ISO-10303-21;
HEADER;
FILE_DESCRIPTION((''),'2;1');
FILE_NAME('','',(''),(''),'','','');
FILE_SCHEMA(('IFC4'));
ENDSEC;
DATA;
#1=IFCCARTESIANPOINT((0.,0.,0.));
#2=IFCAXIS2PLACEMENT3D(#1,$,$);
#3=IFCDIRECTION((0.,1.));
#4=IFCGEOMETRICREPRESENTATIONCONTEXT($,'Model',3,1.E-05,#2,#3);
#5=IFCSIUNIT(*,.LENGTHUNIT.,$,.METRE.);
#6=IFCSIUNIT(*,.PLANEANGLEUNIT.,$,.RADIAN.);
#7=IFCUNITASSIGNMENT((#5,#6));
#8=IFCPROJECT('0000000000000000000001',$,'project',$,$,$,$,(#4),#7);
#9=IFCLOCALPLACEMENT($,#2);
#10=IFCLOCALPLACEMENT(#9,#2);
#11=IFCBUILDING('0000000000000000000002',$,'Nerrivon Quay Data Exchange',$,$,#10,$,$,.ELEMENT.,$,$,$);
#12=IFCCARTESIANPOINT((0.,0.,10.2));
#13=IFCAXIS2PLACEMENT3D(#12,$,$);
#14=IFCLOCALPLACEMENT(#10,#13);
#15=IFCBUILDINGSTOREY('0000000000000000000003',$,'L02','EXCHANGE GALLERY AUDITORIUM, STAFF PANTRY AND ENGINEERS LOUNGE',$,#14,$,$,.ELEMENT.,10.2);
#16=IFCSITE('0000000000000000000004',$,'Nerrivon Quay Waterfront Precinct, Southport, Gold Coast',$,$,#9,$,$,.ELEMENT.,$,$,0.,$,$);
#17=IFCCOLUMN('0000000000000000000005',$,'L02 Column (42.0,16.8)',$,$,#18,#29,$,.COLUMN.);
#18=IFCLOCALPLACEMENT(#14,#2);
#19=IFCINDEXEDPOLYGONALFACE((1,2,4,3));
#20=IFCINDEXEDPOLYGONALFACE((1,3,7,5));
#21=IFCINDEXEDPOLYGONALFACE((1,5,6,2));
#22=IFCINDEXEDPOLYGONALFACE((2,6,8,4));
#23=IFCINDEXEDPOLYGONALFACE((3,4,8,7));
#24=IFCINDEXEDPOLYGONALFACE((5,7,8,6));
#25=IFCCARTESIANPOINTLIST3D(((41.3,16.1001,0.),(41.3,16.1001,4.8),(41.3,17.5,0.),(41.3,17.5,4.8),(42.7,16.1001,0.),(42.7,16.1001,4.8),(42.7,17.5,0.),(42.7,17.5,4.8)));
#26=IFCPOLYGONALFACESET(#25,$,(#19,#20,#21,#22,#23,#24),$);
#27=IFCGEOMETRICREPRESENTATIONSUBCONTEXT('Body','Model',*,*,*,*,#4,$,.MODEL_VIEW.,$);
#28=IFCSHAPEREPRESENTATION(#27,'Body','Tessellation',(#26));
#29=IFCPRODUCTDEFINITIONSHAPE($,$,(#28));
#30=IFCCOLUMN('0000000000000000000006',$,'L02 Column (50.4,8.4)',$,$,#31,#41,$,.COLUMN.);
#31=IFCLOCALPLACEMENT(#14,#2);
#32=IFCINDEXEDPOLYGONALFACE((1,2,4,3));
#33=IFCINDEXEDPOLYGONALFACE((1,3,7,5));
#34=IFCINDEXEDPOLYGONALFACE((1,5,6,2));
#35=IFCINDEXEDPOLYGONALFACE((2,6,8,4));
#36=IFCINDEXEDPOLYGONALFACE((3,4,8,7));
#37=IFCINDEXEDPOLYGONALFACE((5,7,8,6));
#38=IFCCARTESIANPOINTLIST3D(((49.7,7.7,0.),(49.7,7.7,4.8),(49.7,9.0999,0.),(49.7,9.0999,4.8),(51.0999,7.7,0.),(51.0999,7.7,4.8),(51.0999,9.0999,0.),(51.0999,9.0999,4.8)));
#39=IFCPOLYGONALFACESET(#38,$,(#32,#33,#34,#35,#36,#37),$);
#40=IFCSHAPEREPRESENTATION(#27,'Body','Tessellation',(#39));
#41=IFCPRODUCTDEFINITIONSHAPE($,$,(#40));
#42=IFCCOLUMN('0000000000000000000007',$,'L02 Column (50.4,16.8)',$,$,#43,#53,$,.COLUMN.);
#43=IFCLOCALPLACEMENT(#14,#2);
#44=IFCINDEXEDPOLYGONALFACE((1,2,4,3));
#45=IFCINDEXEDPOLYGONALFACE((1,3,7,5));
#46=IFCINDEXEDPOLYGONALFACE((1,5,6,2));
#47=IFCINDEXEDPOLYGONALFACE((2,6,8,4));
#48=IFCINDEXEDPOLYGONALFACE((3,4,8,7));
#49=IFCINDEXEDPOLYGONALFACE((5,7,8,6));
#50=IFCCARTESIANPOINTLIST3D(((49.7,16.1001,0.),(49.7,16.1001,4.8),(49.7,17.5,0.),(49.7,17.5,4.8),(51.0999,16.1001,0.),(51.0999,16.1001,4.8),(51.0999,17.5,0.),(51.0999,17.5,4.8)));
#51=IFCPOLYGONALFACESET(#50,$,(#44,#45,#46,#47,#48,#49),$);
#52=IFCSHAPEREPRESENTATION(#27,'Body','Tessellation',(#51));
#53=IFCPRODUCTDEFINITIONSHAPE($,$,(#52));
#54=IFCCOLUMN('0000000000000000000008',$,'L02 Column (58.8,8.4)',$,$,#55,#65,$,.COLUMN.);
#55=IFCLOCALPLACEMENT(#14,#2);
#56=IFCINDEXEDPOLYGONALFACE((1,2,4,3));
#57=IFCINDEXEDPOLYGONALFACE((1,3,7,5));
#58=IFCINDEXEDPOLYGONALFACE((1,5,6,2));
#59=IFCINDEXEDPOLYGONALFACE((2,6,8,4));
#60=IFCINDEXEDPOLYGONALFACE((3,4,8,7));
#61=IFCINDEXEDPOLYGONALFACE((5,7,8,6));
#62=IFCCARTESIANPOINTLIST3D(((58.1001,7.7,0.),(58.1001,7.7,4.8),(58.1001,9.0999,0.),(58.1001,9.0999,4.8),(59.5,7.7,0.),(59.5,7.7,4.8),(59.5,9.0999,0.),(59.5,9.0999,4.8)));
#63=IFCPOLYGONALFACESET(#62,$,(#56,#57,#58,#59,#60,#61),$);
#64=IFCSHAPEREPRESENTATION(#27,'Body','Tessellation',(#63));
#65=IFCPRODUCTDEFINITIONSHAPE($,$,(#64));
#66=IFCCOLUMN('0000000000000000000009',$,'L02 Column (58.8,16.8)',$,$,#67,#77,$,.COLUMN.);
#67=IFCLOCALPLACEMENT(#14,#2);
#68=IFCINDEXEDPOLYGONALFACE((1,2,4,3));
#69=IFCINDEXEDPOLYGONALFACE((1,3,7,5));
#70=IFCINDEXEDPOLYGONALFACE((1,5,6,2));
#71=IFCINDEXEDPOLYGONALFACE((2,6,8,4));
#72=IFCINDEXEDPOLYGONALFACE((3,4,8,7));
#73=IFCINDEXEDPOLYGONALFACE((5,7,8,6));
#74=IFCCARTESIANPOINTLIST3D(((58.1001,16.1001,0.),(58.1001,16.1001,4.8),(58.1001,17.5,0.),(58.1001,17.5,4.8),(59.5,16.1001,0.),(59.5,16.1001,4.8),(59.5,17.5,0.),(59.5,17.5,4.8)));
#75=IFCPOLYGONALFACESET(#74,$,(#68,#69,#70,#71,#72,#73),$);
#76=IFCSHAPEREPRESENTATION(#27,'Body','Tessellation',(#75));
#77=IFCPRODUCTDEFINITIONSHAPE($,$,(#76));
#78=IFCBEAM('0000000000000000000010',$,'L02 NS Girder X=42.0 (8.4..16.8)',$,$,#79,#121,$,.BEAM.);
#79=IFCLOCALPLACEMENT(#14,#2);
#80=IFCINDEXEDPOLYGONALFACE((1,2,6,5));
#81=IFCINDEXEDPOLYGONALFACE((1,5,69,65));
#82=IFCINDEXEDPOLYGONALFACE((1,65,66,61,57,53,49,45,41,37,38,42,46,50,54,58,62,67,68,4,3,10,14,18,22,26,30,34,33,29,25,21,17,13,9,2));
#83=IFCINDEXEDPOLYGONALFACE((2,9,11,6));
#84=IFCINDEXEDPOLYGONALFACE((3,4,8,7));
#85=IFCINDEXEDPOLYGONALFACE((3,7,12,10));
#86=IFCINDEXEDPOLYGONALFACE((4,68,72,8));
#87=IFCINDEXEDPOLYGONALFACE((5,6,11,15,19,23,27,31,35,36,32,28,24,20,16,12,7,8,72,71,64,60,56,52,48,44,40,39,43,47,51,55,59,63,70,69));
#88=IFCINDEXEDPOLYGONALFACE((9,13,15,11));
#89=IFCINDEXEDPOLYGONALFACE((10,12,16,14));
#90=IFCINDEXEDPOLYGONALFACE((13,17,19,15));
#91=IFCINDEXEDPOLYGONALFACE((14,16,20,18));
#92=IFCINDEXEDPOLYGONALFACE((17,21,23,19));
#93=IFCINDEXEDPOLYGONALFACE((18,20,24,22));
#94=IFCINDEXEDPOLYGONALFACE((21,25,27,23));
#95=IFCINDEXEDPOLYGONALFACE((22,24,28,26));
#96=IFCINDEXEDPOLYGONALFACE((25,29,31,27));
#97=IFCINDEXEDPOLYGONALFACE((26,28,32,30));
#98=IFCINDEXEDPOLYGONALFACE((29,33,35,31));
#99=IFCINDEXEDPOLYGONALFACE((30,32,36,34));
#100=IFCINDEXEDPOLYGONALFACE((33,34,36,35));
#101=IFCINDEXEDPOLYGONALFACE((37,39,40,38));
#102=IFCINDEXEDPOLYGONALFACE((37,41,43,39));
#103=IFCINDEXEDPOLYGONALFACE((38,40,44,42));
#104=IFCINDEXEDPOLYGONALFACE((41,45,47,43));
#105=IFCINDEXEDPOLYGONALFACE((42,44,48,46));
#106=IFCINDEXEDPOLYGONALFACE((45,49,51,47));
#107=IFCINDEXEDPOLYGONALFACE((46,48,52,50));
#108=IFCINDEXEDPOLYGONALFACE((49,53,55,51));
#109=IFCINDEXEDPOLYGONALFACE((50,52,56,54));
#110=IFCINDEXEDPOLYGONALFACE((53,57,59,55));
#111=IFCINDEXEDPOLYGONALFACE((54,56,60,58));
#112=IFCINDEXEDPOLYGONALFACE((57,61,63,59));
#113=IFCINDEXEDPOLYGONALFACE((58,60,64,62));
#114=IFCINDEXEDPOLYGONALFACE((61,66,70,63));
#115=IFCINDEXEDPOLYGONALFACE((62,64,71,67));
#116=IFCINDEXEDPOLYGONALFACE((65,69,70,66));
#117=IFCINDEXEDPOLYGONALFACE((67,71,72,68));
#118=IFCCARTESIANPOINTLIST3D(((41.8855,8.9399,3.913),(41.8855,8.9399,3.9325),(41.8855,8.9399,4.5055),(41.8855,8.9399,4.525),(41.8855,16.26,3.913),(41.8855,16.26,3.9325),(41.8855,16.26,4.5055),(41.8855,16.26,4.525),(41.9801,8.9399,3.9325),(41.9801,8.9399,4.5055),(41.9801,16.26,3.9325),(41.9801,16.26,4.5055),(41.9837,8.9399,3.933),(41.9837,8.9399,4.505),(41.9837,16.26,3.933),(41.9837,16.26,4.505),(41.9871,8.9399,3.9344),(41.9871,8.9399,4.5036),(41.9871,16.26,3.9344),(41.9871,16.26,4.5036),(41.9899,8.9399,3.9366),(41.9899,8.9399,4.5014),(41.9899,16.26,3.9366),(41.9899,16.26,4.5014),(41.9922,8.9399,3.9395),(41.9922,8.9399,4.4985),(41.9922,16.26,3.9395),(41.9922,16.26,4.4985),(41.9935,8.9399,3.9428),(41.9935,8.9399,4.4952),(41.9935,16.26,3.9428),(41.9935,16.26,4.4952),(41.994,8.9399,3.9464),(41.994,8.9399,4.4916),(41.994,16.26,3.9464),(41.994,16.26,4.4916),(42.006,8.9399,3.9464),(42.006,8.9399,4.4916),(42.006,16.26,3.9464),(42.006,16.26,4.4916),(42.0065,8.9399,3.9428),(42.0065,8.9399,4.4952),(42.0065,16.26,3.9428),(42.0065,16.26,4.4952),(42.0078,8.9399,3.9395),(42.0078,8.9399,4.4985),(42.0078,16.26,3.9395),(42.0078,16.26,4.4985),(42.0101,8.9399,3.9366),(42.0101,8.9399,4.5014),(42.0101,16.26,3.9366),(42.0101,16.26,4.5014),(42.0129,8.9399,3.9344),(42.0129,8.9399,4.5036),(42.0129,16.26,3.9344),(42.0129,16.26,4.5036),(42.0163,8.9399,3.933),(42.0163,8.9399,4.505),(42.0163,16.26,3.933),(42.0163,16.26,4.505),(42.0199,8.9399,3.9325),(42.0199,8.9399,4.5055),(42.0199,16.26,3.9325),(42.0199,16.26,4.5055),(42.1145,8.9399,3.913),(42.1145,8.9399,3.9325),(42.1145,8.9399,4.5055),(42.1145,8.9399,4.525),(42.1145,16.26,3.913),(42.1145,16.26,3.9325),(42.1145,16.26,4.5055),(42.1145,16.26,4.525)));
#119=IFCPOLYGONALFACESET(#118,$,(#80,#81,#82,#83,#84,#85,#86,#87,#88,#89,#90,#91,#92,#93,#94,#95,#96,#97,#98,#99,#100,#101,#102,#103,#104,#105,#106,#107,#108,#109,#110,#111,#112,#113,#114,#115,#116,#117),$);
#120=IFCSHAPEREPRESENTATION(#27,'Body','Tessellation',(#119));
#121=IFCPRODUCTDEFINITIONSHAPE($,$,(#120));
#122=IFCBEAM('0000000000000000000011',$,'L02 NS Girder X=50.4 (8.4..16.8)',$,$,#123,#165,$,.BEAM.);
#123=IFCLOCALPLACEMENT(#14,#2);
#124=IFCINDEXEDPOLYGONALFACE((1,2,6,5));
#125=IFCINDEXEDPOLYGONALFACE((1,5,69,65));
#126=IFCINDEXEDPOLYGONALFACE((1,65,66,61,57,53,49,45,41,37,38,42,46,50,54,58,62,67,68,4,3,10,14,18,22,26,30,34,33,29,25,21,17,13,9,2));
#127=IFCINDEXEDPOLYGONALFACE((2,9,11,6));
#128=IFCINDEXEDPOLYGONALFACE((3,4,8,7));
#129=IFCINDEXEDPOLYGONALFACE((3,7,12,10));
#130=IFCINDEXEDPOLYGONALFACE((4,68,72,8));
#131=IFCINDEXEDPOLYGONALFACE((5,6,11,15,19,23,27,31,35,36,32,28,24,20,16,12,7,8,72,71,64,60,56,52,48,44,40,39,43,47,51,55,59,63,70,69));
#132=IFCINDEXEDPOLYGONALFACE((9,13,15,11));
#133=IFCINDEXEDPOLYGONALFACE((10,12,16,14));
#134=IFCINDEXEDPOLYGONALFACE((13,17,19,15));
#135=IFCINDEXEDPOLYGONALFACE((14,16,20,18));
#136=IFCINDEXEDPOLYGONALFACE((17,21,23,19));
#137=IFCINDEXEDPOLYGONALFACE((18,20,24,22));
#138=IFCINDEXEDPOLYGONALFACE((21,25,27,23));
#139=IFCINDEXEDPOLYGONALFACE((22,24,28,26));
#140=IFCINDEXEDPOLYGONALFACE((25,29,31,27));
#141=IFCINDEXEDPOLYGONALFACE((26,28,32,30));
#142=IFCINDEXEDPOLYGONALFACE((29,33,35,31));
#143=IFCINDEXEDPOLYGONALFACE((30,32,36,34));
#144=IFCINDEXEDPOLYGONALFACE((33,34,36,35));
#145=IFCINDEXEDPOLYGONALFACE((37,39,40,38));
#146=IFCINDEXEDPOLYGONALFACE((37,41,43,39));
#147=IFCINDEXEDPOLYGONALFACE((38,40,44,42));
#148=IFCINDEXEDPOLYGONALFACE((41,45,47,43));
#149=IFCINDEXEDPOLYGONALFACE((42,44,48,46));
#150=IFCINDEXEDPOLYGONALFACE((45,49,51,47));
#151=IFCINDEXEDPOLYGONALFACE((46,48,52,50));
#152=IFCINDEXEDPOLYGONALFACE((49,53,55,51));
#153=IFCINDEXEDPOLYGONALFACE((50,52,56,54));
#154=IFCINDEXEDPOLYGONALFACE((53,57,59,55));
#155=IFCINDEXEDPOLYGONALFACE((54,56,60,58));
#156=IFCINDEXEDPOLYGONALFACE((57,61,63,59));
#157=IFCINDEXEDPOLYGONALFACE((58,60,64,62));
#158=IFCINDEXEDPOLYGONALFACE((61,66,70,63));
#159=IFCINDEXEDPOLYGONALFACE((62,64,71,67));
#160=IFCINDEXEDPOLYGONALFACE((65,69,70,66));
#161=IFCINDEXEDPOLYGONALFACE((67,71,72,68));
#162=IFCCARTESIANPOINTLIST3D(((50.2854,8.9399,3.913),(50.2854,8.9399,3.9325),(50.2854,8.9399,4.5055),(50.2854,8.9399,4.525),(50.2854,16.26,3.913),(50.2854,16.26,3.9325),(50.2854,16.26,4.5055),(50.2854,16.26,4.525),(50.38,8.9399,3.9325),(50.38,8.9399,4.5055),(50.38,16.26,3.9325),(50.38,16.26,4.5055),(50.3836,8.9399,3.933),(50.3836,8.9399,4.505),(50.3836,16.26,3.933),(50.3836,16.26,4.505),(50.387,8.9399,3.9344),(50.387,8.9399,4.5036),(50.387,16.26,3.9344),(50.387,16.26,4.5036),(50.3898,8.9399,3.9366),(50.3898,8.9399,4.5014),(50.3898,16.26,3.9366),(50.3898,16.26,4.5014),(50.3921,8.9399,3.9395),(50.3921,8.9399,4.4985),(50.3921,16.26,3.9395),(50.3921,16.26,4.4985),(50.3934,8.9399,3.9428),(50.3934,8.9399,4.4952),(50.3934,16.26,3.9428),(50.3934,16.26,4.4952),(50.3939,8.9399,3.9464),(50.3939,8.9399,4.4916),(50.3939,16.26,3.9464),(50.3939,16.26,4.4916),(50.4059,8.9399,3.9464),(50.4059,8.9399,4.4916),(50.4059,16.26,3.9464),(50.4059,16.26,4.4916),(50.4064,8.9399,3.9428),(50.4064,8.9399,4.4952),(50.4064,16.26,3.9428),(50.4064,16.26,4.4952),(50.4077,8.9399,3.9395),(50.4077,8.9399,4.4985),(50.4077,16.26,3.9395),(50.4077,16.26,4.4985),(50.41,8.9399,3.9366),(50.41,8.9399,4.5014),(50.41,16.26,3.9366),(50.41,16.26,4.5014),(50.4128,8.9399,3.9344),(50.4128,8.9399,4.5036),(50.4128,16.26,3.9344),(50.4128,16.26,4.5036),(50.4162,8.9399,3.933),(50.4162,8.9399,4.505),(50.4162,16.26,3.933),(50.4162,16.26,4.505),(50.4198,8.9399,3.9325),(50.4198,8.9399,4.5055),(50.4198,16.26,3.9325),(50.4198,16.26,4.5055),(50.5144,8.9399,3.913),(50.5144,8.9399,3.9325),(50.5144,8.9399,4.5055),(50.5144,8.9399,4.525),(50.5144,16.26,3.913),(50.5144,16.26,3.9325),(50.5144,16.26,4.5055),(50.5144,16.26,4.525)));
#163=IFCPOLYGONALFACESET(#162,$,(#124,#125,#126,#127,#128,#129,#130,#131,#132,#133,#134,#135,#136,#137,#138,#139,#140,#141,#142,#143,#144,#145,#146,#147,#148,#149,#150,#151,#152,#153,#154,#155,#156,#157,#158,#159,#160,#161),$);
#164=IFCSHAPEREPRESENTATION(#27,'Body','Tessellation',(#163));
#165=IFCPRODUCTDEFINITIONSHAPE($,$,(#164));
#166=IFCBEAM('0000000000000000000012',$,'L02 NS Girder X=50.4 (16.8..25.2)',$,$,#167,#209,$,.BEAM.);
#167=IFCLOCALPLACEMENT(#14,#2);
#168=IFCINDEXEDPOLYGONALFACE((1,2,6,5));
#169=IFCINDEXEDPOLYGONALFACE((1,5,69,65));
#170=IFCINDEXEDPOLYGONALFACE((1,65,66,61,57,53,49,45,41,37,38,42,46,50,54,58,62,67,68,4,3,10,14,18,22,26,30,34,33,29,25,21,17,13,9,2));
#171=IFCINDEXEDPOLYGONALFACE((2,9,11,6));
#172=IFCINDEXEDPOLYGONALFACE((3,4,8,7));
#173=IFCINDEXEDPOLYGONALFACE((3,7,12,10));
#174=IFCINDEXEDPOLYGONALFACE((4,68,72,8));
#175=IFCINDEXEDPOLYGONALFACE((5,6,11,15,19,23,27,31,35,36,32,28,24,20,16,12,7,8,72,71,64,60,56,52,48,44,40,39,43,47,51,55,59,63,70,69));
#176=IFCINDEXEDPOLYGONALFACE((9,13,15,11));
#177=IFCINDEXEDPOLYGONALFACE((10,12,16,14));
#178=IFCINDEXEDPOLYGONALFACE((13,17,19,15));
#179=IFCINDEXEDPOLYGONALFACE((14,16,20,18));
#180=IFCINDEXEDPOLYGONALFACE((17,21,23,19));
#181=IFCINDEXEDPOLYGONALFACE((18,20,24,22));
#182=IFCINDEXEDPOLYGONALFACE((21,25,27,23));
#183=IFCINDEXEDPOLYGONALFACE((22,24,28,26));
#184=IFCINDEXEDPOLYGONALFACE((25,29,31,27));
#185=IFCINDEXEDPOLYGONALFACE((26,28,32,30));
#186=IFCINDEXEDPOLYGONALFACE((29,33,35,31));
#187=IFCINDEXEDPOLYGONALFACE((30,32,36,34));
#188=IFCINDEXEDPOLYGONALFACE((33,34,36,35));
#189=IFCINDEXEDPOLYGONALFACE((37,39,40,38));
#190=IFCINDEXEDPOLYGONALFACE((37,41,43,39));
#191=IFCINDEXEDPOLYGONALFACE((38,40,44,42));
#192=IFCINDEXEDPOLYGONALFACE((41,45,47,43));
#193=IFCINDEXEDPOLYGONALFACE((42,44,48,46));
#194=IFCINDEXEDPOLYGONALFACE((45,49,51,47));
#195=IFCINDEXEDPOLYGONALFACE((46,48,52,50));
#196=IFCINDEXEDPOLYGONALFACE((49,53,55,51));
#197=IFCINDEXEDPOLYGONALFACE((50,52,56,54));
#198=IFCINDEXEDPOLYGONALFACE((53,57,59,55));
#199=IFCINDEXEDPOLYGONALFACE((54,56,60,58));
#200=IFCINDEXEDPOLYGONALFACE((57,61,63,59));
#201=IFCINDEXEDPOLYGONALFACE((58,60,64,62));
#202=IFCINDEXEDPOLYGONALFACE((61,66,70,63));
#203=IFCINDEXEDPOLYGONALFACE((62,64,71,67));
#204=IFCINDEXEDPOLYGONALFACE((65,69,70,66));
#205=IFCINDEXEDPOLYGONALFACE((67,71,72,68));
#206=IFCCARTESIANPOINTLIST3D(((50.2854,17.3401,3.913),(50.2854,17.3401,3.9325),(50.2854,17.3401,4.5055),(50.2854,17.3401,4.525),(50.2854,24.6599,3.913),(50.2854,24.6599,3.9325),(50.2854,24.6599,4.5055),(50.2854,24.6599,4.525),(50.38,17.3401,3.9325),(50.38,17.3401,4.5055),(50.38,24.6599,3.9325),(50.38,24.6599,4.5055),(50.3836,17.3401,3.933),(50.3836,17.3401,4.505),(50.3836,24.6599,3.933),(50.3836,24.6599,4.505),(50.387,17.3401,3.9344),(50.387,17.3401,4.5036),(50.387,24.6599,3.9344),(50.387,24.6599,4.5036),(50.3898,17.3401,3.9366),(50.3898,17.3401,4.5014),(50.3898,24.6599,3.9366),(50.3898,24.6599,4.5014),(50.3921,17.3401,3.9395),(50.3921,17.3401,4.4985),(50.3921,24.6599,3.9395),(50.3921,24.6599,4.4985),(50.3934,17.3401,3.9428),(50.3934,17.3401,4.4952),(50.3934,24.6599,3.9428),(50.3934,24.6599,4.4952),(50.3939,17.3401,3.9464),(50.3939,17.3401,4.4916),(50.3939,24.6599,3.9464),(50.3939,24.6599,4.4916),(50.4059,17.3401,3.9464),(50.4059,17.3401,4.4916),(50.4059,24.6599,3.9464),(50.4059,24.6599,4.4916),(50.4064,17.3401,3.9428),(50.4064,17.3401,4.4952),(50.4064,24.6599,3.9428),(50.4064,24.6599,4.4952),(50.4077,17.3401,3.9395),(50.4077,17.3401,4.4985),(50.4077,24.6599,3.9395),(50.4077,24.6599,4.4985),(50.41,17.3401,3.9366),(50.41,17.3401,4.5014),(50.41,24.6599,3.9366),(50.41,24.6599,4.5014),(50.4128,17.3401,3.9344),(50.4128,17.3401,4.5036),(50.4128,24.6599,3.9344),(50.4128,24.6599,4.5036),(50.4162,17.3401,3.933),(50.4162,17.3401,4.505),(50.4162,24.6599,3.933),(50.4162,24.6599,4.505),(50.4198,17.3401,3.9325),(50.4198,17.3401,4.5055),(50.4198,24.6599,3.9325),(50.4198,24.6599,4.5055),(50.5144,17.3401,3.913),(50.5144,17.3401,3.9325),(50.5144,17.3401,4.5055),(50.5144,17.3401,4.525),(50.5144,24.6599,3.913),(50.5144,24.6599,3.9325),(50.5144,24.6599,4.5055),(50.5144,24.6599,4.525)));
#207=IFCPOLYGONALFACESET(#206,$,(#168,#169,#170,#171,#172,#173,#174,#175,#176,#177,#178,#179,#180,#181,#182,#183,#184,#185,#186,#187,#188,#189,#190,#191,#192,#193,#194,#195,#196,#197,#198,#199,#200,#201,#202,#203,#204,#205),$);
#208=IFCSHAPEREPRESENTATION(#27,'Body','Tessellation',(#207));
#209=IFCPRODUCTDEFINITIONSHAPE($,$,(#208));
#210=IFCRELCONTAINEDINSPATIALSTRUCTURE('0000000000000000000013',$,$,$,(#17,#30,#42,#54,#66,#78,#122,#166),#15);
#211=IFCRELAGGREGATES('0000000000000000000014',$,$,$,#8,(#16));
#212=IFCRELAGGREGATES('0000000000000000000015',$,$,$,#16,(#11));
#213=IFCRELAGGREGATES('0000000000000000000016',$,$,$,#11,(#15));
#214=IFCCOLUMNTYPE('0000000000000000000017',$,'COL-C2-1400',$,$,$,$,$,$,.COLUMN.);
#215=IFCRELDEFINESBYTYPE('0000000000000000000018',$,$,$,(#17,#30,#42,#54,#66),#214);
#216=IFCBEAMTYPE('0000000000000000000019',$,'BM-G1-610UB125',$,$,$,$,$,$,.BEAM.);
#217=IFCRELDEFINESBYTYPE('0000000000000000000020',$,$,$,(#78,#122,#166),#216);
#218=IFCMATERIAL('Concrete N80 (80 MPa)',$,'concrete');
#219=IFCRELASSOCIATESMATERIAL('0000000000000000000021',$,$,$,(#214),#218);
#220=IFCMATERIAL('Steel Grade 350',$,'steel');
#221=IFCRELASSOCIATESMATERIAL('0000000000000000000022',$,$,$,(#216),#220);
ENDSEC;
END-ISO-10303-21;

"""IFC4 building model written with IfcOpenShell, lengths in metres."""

from ifc_helpers import new_model, si_unit, direction, frame, origin, origin_2d, place, context, subcontext, project, spatial, rectangle, i_section, extrude, material, material_profile, profile_set, type_object, element, save


model = new_model("IFC4")

# Units and contexts
model_context = context("Model", 3, precision=1e-05, world=origin(), true_north=direction((0.0, 1.0)))
body_context = subcontext(model_context, "Body", "Model", "MODEL_VIEW")
ifc_project = project(units=[si_unit("LENGTHUNIT", "METRE"), si_unit("PLANEANGLEUNIT", "RADIAN")], contexts=[model_context])

# Site, building, storey
site_placement = place(None, origin())
site = spatial("IfcSite", under=ifc_project, at=site_placement, Name="Nerrivon Quay Waterfront Precinct, Southport, Gold Coast", CompositionType="ELEMENT", RefElevation=0.0)
building_placement = place(site_placement, origin())
building = spatial("IfcBuilding", under=site, at=building_placement, Name="Nerrivon Quay Data Exchange", CompositionType="ELEMENT")
storey_placement = place(building_placement, frame((0.0, 0.0, 10.2)))
storey = spatial("IfcBuildingStorey", under=building, at=storey_placement, Name="L02", Description="EXCHANGE GALLERY AUDITORIUM, STAFF PANTRY AND ENGINEERS LOUNGE", CompositionType="ELEMENT", Elevation=10.2)

# Columns
ifc_material_1 = material(Name="Concrete N80 (80 MPa)", Category="concrete")
ifc_material_profile_1 = material_profile(ifc_material_1, rectangle(XDim=1.3999, YDim=1.3999, at=origin_2d()), Name="RC-COL-1400x1400")
ifc_profile_set_1 = profile_set([ifc_material_profile_1], Name="Concrete N80 (80 MPa)")
column_type = type_object("IfcColumnType", Name="COL-C2-1400", PredefinedType="COLUMN", material=ifc_profile_set_1)
for number, where, z_axis, x_axis, name in (
    (1, (42.0, 16.8, 0.0), (0.0, 0.0, 1.0), (1.0, 0.0, 0.0), "L02 Column (42.0,16.8)"),
    (2, (50.3999, 8.3999, 0.0), (0.0, 0.0, 1.0), (1.0, 0.0, 0.0), "L02 Column (50.4,8.4)"),
    (3, (50.3999, 16.8, 0.0), (0.0, 0.0, 1.0), (1.0, 0.0, 0.0), "L02 Column (50.4,16.8)"),
    (4, (58.8, 8.3999, 0.0), (0.0, 0.0, 1.0), (1.0, 0.0, 0.0), "L02 Column (58.8,8.4)"),
    (5, (58.8, 16.8, 0.0), (0.0, 0.0, 1.0), (1.0, 0.0, 0.0), "L02 Column (58.8,16.8)"),
):
    element("IfcColumn", number, at=place(storey_placement, frame(where, z_axis=z_axis, x_axis=x_axis)), inside=storey, type_object=column_type, Name=name, PredefinedType="COLUMN", context=body_context, shape_type="SweptSolid", body=[
        extrude(rectangle(XDim=1.3999, YDim=1.3999, at=origin_2d()), origin(), (0.0, 0.0, 1.0), 4.8),
    ])

# Beams
ifc_material_2 = material(Name="Steel Grade 350", Category="steel")
ifc_material_profile_2 = material_profile(ifc_material_2, i_section(OverallWidth=0.229, OverallDepth=0.6121, WebThickness=0.012, FlangeThickness=0.0195, FilletRadius=0.0139, at=origin_2d()), Name="610UB125")
ifc_profile_set_2 = profile_set([ifc_material_profile_2], Name="Steel Grade 350")
beam_type_1 = type_object("IfcBeamType", Name="BM-G1-610UB125", PredefinedType="BEAM", material=ifc_profile_set_2)
for number, where, z_axis, x_axis, name in (
    (6, (42.0, 8.9399, 4.219), (0.0, 1.0, 0.0), (-1.0, 0.0, 0.0), "L02 NS Girder X=42.0 (8.4..16.8)"),
    (7, (50.3999, 8.9399, 4.219), (0.0, 1.0, 0.0), (-1.0, 0.0, 0.0), "L02 NS Girder X=50.4 (8.4..16.8)"),
):
    element("IfcBeam", number, at=place(storey_placement, frame(where, z_axis=z_axis, x_axis=x_axis)), inside=storey, type_object=beam_type_1, Name=name, PredefinedType="BEAM", context=body_context, shape_type="SweptSolid", body=[
        extrude(i_section(OverallWidth=0.229, OverallDepth=0.6121, WebThickness=0.012, FlangeThickness=0.0195, FilletRadius=0.0139, at=origin_2d()), origin(), (0.0, 0.0, 1.0), 7.3201),
    ])
beam_1_placement = place(storey_placement, frame((50.3999, 17.3401, 4.219), z_axis=(0.0, 1.0, 0.0), x_axis=(-1.0, 0.0, 0.0)))
element("IfcBeam", 8, at=beam_1_placement, inside=storey, type_object=beam_type_1, Name="L02 NS Girder X=50.4 (16.8..25.2)", PredefinedType="BEAM", context=body_context, shape_type="SweptSolid", body=[
    extrude(i_section(OverallWidth=0.229, OverallDepth=0.6121, WebThickness=0.012, FlangeThickness=0.0195, FilletRadius=0.0139, at=origin_2d()), origin(), (0.0, 0.0, 1.0), 7.3198),
])

save(model, "model.ifc")
